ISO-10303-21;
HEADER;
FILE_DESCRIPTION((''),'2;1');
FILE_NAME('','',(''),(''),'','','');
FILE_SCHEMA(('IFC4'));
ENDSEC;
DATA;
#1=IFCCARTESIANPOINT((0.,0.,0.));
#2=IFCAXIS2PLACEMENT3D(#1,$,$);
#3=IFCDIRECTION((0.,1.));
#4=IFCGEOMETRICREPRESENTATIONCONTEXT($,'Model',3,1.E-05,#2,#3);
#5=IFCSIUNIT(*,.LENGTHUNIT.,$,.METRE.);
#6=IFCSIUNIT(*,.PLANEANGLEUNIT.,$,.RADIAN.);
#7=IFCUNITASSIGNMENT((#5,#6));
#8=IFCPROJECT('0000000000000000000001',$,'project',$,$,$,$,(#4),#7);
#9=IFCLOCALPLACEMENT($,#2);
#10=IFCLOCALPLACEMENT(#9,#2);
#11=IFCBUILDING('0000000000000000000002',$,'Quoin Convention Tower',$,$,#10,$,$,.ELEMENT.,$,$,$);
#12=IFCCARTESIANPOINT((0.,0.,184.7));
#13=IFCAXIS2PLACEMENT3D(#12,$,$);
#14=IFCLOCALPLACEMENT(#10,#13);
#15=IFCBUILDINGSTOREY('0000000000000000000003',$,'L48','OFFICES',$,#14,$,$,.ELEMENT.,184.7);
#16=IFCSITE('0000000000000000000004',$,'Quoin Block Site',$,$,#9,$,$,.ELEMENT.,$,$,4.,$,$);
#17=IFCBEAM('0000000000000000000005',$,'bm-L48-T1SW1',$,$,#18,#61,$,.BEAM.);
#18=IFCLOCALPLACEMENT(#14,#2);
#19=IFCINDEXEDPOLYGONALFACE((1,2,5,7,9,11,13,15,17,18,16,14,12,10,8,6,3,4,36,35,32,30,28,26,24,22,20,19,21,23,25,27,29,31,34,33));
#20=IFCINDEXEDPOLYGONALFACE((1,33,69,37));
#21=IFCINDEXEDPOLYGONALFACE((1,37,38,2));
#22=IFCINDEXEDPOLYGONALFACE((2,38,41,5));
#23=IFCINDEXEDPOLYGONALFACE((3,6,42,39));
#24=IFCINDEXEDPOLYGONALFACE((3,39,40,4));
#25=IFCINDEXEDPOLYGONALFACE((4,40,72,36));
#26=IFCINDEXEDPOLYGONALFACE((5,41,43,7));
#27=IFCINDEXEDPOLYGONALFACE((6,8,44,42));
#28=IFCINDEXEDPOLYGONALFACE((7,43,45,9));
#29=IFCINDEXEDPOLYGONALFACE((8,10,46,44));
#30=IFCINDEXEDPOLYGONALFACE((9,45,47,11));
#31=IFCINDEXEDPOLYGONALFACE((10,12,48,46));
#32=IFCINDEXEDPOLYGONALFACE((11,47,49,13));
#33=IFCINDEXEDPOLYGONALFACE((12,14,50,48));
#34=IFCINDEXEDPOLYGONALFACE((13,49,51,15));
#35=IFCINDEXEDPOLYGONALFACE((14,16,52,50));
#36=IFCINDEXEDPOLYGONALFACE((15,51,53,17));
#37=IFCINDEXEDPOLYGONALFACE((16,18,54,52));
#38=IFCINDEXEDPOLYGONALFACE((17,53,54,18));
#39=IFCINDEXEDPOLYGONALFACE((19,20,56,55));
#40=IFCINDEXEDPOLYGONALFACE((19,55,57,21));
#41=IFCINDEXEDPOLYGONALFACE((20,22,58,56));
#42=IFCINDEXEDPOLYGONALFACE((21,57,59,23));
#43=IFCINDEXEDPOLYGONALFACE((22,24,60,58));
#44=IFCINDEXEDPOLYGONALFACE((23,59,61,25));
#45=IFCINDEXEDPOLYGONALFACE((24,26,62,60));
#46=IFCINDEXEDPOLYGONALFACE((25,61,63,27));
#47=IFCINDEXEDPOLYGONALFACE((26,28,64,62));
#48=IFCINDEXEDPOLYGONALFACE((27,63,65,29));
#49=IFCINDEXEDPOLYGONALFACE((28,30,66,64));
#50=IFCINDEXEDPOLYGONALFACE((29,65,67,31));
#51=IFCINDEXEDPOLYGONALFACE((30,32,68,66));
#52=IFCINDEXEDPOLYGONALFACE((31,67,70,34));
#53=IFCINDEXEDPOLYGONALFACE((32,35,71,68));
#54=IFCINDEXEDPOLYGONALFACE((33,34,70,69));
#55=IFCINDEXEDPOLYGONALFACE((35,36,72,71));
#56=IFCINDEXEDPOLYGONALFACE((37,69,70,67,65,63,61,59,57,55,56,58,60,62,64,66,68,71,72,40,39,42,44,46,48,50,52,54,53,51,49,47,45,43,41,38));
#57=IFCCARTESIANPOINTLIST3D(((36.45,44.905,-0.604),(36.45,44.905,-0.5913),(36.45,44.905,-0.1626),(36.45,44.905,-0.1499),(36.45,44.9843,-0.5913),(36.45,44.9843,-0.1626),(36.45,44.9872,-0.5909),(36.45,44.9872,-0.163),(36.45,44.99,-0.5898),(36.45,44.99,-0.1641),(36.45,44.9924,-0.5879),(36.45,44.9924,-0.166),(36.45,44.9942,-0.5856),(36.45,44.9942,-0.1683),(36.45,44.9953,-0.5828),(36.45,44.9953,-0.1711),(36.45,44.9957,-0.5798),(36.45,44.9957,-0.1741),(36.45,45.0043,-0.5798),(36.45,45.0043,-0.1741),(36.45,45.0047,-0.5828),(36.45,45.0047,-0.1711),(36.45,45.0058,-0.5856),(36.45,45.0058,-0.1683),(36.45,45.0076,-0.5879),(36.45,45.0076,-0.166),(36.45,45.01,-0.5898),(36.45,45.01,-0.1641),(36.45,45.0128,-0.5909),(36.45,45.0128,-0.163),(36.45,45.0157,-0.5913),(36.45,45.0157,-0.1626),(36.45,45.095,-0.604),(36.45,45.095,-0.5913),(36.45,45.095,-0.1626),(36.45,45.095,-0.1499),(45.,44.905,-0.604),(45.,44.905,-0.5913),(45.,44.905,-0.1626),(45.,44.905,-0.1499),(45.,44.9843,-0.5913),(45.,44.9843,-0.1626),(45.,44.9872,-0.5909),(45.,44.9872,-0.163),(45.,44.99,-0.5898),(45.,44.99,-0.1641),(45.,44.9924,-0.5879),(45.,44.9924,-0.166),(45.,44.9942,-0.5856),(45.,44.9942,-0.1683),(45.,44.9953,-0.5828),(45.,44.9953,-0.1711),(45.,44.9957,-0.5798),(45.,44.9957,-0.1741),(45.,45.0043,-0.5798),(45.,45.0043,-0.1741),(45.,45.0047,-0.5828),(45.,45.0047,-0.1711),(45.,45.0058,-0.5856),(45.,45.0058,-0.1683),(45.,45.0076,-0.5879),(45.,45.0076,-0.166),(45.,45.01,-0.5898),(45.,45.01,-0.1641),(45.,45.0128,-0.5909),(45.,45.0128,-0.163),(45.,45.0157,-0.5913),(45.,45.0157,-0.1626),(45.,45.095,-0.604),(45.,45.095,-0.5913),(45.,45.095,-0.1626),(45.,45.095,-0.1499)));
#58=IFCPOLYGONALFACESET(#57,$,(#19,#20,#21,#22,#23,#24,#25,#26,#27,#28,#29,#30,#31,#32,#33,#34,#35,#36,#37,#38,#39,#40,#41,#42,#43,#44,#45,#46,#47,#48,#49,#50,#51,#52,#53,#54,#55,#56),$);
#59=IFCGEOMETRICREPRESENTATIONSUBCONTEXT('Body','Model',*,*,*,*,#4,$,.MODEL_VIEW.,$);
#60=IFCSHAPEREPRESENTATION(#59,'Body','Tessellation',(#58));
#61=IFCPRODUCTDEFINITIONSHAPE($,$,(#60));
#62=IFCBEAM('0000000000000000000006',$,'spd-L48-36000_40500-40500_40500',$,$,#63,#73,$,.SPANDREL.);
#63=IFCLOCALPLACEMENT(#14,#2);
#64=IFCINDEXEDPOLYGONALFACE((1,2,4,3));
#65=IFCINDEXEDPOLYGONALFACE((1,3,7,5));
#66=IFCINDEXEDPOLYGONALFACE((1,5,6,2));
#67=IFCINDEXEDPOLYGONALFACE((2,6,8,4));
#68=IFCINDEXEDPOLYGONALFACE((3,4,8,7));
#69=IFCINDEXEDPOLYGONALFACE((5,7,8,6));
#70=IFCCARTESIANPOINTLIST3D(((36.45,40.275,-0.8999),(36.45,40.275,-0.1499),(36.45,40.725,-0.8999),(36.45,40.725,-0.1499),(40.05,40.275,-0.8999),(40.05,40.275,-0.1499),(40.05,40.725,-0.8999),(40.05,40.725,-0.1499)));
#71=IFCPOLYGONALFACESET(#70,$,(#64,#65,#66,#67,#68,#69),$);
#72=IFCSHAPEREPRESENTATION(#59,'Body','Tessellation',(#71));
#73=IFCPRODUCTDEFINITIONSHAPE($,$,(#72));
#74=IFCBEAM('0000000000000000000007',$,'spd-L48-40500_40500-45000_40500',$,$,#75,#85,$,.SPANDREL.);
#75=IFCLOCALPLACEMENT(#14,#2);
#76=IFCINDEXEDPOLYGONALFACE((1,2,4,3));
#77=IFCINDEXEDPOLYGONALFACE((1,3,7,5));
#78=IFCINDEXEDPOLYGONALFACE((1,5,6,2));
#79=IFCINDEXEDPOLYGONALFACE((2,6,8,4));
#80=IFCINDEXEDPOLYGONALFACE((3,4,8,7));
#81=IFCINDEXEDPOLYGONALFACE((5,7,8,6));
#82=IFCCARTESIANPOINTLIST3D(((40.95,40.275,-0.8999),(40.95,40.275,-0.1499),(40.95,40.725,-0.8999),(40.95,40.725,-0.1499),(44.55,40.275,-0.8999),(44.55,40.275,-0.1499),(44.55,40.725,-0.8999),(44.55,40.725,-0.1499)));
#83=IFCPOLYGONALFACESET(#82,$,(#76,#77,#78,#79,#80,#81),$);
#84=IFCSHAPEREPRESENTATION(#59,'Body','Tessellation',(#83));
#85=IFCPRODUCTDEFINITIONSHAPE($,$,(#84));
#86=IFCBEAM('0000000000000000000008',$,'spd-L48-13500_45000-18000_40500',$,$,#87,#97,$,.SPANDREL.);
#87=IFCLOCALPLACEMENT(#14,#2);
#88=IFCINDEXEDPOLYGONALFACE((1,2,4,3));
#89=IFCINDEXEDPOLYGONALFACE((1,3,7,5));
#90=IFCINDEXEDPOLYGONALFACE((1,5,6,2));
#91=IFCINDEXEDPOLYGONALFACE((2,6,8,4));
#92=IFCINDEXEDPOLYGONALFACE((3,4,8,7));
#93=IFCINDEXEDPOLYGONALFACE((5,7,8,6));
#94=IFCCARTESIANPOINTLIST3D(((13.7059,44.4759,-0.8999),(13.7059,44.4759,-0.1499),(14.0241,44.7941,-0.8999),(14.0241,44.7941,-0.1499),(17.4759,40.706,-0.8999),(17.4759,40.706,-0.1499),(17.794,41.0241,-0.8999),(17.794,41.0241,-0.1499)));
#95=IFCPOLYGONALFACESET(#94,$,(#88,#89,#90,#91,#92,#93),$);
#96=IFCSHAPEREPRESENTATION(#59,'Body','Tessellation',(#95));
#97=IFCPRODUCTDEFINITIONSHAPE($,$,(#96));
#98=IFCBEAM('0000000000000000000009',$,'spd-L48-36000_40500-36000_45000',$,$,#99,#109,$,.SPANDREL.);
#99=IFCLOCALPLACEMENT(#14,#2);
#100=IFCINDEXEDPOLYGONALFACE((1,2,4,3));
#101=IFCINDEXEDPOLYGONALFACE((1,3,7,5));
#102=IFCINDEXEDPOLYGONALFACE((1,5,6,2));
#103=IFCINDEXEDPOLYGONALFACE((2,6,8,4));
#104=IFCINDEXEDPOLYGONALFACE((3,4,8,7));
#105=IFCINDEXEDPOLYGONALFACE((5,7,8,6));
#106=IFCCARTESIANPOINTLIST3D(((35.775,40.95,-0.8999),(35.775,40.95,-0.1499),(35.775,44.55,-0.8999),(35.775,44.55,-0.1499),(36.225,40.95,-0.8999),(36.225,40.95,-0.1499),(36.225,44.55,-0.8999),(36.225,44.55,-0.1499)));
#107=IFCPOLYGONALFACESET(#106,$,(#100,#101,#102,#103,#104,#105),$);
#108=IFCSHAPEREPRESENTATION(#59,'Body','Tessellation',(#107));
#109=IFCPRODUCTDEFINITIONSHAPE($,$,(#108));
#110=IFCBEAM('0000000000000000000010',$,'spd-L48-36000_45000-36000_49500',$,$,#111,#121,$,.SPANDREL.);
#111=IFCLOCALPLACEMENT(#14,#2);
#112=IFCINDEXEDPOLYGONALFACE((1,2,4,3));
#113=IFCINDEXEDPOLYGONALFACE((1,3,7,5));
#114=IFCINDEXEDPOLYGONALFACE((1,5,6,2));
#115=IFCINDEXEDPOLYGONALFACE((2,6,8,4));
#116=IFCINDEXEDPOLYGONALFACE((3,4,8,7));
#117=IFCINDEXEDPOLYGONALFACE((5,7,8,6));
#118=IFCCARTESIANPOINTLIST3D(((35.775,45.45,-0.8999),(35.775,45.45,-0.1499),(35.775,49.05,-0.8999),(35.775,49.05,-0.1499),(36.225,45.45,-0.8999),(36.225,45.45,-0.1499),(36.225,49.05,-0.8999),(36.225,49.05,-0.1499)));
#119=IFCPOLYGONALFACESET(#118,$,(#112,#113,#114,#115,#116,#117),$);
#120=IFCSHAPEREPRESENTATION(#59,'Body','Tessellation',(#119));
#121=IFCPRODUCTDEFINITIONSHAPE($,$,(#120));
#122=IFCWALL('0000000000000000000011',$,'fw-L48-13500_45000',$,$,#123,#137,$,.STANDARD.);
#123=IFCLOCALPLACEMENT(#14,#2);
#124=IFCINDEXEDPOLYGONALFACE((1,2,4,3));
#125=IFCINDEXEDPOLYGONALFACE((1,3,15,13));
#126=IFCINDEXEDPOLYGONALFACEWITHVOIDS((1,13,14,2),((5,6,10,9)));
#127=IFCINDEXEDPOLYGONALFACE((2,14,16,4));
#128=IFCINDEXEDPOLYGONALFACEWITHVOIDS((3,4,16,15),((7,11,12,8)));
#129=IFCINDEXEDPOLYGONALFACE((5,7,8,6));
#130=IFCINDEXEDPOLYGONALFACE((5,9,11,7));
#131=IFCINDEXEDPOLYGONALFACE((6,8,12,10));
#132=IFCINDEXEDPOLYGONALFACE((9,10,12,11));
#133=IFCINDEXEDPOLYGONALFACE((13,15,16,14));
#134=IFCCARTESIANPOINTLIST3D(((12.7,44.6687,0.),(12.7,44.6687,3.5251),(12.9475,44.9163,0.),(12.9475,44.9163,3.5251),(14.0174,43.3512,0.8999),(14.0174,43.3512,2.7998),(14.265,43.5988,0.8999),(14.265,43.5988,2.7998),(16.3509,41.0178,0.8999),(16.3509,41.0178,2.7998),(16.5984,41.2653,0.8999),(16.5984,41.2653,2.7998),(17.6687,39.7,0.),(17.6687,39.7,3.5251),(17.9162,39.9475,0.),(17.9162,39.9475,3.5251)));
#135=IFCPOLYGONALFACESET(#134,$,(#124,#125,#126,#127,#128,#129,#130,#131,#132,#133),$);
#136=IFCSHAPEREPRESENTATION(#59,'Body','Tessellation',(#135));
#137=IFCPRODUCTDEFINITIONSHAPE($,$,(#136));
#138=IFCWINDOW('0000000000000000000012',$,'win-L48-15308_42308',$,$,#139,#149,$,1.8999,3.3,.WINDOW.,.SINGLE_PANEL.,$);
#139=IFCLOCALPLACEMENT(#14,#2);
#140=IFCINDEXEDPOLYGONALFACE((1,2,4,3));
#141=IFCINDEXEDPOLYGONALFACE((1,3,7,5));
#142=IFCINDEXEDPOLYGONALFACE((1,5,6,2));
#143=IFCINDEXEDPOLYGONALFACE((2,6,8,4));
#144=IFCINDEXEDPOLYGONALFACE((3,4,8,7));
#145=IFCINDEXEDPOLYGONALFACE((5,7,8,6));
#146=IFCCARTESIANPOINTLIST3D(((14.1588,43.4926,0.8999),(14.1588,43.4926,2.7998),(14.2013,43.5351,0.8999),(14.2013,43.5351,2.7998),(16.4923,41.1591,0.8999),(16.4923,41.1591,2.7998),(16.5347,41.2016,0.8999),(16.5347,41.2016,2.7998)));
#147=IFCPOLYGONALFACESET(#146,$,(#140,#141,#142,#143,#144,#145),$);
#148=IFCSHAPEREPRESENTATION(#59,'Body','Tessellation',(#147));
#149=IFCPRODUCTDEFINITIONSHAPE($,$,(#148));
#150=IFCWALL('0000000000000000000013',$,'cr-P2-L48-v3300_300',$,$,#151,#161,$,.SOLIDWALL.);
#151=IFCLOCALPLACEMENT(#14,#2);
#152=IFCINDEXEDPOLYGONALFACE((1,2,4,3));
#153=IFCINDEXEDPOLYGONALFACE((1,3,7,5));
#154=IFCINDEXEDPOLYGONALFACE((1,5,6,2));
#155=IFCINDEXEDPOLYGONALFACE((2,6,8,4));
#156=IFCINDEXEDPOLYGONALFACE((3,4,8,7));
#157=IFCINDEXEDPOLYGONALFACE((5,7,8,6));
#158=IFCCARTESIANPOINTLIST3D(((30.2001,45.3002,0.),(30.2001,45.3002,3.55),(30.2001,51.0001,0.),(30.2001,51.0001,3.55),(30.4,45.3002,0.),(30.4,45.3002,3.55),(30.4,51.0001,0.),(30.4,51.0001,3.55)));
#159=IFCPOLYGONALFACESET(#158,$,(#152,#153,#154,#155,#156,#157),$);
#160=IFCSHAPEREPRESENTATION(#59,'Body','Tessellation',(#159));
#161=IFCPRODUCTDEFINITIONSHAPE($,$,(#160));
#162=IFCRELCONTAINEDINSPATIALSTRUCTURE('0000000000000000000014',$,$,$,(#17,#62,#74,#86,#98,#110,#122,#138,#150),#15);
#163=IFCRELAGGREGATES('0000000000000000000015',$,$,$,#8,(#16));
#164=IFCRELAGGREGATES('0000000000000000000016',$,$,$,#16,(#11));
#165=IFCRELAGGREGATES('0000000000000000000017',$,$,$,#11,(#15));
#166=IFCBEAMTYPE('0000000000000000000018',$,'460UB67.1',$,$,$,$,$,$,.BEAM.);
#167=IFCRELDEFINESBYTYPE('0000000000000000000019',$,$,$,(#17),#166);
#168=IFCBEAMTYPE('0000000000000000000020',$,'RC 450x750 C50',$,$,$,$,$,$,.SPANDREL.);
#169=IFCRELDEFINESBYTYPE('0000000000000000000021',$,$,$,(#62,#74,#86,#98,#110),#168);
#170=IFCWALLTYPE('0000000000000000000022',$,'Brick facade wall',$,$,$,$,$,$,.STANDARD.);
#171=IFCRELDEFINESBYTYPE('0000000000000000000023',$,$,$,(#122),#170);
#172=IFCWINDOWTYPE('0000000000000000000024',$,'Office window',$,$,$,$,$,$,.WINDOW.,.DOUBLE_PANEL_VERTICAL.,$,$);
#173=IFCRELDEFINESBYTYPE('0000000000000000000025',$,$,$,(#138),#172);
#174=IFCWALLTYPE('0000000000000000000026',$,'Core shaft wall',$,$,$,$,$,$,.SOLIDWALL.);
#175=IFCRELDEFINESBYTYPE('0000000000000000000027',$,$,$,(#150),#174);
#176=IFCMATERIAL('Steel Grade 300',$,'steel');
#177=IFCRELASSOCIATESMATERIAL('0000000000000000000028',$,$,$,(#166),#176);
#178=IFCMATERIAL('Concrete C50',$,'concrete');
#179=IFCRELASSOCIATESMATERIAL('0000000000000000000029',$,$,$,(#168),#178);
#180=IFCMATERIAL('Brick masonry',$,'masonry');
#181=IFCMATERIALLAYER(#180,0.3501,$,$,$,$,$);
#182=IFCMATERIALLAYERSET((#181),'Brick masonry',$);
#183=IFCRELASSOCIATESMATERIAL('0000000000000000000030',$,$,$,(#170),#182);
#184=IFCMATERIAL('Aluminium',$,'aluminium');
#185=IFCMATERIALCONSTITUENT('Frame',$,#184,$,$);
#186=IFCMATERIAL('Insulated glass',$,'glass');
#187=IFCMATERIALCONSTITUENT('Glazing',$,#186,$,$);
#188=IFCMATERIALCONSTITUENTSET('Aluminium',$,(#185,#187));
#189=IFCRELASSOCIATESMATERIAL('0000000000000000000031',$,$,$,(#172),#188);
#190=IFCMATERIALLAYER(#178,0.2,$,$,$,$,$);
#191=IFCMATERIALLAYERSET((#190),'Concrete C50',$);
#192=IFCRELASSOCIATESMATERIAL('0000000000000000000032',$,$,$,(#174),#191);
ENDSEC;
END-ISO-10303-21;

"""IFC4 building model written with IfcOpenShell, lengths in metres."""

from ifc_helpers import new_model, si_unit, direction, frame, frame_2d, origin, origin_2d, place, context, subcontext, project, spatial, rectangle, i_section, extrude, material, layer, layer_set, constituent, constituent_set, material_profile, profile_set, type_object, element, fill, save


model = new_model("IFC4")

# Units and contexts
model_context = context("Model", 3, precision=1e-05, world=origin(), true_north=direction((0.0, 1.0)))
body_context = subcontext(model_context, "Body", "Model", "MODEL_VIEW")
ifc_project = project(units=[si_unit("LENGTHUNIT", "METRE"), si_unit("PLANEANGLEUNIT", "RADIAN")], contexts=[model_context])

# Site, building, storey
site_placement = place(None, origin())
site = spatial("IfcSite", under=ifc_project, at=site_placement, Name="Quoin Block Site", CompositionType="ELEMENT", RefElevation=4.0)
building_placement = place(site_placement, origin())
building = spatial("IfcBuilding", under=site, at=building_placement, Name="Quoin Convention Tower", CompositionType="ELEMENT")
storey_placement = place(building_placement, frame((0.0, 0.0, 184.7)))
storey = spatial("IfcBuildingStorey", under=building, at=storey_placement, Name="L48", Description="OFFICES", CompositionType="ELEMENT", Elevation=184.7)

# Shared definitions
ifc_material_1 = material(Name="Concrete C50", Category="concrete")

# Beams
ifc_material_2 = material(Name="Steel Grade 300", Category="steel")
ifc_material_profile_1 = material_profile(ifc_material_2, i_section(OverallWidth=0.1899, OverallDepth=0.4541, WebThickness=0.0085, FlangeThickness=0.0127, FilletRadius=0.0115, at=origin_2d()), Name="460UB67.1")
ifc_profile_set_1 = profile_set([ifc_material_profile_1], Name="Steel Grade 300")
beam_type_1 = type_object("IfcBeamType", Name="460UB67.1", PredefinedType="BEAM", material=ifc_profile_set_1)
beam_1_placement = place(storey_placement, frame((36.45, 45.0, -0.377), z_axis=(1.0, 0.0, 0.0), x_axis=(0.0, 1.0, 0.0)))
element("IfcBeam", 1, at=beam_1_placement, inside=storey, type_object=beam_type_1, Name="bm-L48-T1SW1", PredefinedType="BEAM", context=body_context, shape_type="SweptSolid", body=[
    extrude(i_section(OverallWidth=0.1899, OverallDepth=0.4541, WebThickness=0.0085, FlangeThickness=0.0127, FilletRadius=0.0115, at=origin_2d()), origin(), (0.0, 0.0, 1.0), 8.55),
])
ifc_material_profile_2 = material_profile(ifc_material_1, rectangle(XDim=0.45, YDim=0.75, at=origin_2d()), Name="RC 450x750")
ifc_profile_set_2 = profile_set([ifc_material_profile_2], Name="Concrete C50")
beam_type_2 = type_object("IfcBeamType", Name="RC 450x750 C50", PredefinedType="SPANDREL", material=ifc_profile_set_2)
for number, where, z_axis, x_axis, name in (
    (2, (36.45, 40.5, -0.5249), (1.0, 0.0, 0.0), (0.0, 1.0, 0.0), "spd-L48-36000_40500-40500_40500"),
    (3, (40.95, 40.5, -0.5249), (1.0, 0.0, 0.0), (0.0, 1.0, 0.0), "spd-L48-40500_40500-45000_40500"),
):
    element("IfcBeam", number, at=place(storey_placement, frame(where, z_axis=z_axis, x_axis=x_axis)), inside=storey, type_object=beam_type_2, Name=name, PredefinedType="SPANDREL", context=body_context, shape_type="SweptSolid", body=[
        extrude(rectangle(XDim=0.45, YDim=0.75, at=origin_2d()), origin(), (0.0, 0.0, 1.0), 3.6001),
    ])
beam_2_placement = place(storey_placement, frame((13.865, 44.635, -0.5249), z_axis=(0.707107, -0.707107, 0.0), x_axis=(0.707107, 0.707107, 0.0)))
element("IfcBeam", 4, at=beam_2_placement, inside=storey, type_object=beam_type_2, Name="spd-L48-13500_45000-18000_40500", PredefinedType="SPANDREL", context=body_context, shape_type="SweptSolid", body=[
    extrude(rectangle(XDim=0.45, YDim=0.75, at=origin_2d()), origin(), (0.0, 0.0, 1.0), 5.3315),
])
for number, where, z_axis, x_axis, name in (
    (5, (36.0, 40.95, -0.5249), (0.0, 1.0, 0.0), (-1.0, 0.0, 0.0), "spd-L48-36000_40500-36000_45000"),
    (6, (36.0, 45.45, -0.5249), (0.0, 1.0, 0.0), (-1.0, 0.0, 0.0), "spd-L48-36000_45000-36000_49500"),
):
    element("IfcBeam", number, at=place(storey_placement, frame(where, z_axis=z_axis, x_axis=x_axis)), inside=storey, type_object=beam_type_2, Name=name, PredefinedType="SPANDREL", context=body_context, shape_type="SweptSolid", body=[
        extrude(rectangle(XDim=0.45, YDim=0.75, at=origin_2d()), origin(), (0.0, 0.0, 1.0), 3.6001),
    ])

# Wall, opening, window
ifc_material_3 = material(Name="Brick masonry", Category="masonry")
ifc_layer_1 = layer(ifc_material_3, 0.3501)
ifc_layer_set_1 = layer_set([ifc_layer_1], Name="Brick masonry")
wall_type_1 = type_object("IfcWallType", Name="Brick facade wall", PredefinedType="STANDARD", material=ifc_layer_set_1)
wall_1_placement = place(storey_placement, frame((12.8237, 44.7925, 0.0), z_axis=(0.0, 0.0, 1.0), x_axis=(0.707107, -0.707107, 0.0)))
wall_1 = element("IfcWall", 7, at=wall_1_placement, inside=storey, type_object=wall_type_1, Name="fw-L48-13500_45000", PredefinedType="STANDARD", context=body_context, shape_type="SweptSolid", body=[
    extrude(rectangle(XDim=7.0269, YDim=0.3501, at=frame_2d((3.5134, 0.0))), origin(), (0.0, 0.0, 1.0), 3.5251),
])
opening_1_placement = place(wall_1_placement, frame((1.8633, 0.0, 0.8999)))
opening_1 = element("IfcOpeningElement", 8, at=opening_1_placement, cuts=wall_1, PredefinedType="OPENING", context=body_context, shape_type="SweptSolid", body=[
    extrude(rectangle(XDim=3.3, YDim=1.8999, at=frame_2d((1.6499, 0.95))), frame((0.0, 0.1851, 0.0), z_axis=(0.0, -1.0, 0.0), x_axis=(1.0, 0.0, 0.0)), (0.0, 0.0, 1.0), 0.3701),
])
ifc_material_4 = material(Name="Aluminium", Category="aluminium")
ifc_constituent_1 = constituent(ifc_material_4, Name="Frame")
ifc_material_5 = material(Name="Insulated glass", Category="glass")
ifc_constituent_2 = constituent(ifc_material_5, Name="Glazing")
ifc_constituent_set = constituent_set(constituents=[ifc_constituent_1, ifc_constituent_2], Name="Aluminium")
window_type = type_object("IfcWindowType", Name="Office window", PartitioningType="DOUBLE_PANEL_VERTICAL", PredefinedType="WINDOW", material=ifc_constituent_set)
window_placement = place(opening_1_placement, origin())
window = element("IfcWindow", 9, at=window_placement, inside=storey, type_object=window_type, Name="win-L48-15308_42308", OverallHeight=1.8999, OverallWidth=3.3, PartitioningType="SINGLE_PANEL", PredefinedType="WINDOW", context=body_context, shape_type="SweptSolid", body=[
    extrude(rectangle(XDim=3.3, YDim=1.8999, at=frame_2d((1.6499, 0.95))), frame((0.0, 0.085, 0.0), z_axis=(0.0, -1.0, 0.0), x_axis=(1.0, 0.0, 0.0)), (0.0, 0.0, 1.0), 0.0601),
])
fill(opening_1, window)

# Wall
ifc_layer_2 = layer(ifc_material_1, 0.2)
ifc_layer_set_2 = layer_set([ifc_layer_2], Name="Concrete C50")
wall_type_2 = type_object("IfcWallType", Name="Core shaft wall", PredefinedType="SOLIDWALL", material=ifc_layer_set_2)
wall_2_placement = place(storey_placement, frame((30.3, 45.3, 0.0), z_axis=(0.0, 0.0, 1.0), x_axis=(0.0, 1.0, 0.0)))
element("IfcWall", 10, at=wall_2_placement, inside=storey, type_object=wall_type_2, Name="cr-P2-L48-v3300_300", PredefinedType="SOLIDWALL", context=body_context, shape_type="SweptSolid", body=[
    extrude(rectangle(XDim=5.7, YDim=0.2, at=frame_2d((2.8501, 0.0))), origin(), (0.0, 0.0, 1.0), 3.55),
])

save(model, "model.ifc")
